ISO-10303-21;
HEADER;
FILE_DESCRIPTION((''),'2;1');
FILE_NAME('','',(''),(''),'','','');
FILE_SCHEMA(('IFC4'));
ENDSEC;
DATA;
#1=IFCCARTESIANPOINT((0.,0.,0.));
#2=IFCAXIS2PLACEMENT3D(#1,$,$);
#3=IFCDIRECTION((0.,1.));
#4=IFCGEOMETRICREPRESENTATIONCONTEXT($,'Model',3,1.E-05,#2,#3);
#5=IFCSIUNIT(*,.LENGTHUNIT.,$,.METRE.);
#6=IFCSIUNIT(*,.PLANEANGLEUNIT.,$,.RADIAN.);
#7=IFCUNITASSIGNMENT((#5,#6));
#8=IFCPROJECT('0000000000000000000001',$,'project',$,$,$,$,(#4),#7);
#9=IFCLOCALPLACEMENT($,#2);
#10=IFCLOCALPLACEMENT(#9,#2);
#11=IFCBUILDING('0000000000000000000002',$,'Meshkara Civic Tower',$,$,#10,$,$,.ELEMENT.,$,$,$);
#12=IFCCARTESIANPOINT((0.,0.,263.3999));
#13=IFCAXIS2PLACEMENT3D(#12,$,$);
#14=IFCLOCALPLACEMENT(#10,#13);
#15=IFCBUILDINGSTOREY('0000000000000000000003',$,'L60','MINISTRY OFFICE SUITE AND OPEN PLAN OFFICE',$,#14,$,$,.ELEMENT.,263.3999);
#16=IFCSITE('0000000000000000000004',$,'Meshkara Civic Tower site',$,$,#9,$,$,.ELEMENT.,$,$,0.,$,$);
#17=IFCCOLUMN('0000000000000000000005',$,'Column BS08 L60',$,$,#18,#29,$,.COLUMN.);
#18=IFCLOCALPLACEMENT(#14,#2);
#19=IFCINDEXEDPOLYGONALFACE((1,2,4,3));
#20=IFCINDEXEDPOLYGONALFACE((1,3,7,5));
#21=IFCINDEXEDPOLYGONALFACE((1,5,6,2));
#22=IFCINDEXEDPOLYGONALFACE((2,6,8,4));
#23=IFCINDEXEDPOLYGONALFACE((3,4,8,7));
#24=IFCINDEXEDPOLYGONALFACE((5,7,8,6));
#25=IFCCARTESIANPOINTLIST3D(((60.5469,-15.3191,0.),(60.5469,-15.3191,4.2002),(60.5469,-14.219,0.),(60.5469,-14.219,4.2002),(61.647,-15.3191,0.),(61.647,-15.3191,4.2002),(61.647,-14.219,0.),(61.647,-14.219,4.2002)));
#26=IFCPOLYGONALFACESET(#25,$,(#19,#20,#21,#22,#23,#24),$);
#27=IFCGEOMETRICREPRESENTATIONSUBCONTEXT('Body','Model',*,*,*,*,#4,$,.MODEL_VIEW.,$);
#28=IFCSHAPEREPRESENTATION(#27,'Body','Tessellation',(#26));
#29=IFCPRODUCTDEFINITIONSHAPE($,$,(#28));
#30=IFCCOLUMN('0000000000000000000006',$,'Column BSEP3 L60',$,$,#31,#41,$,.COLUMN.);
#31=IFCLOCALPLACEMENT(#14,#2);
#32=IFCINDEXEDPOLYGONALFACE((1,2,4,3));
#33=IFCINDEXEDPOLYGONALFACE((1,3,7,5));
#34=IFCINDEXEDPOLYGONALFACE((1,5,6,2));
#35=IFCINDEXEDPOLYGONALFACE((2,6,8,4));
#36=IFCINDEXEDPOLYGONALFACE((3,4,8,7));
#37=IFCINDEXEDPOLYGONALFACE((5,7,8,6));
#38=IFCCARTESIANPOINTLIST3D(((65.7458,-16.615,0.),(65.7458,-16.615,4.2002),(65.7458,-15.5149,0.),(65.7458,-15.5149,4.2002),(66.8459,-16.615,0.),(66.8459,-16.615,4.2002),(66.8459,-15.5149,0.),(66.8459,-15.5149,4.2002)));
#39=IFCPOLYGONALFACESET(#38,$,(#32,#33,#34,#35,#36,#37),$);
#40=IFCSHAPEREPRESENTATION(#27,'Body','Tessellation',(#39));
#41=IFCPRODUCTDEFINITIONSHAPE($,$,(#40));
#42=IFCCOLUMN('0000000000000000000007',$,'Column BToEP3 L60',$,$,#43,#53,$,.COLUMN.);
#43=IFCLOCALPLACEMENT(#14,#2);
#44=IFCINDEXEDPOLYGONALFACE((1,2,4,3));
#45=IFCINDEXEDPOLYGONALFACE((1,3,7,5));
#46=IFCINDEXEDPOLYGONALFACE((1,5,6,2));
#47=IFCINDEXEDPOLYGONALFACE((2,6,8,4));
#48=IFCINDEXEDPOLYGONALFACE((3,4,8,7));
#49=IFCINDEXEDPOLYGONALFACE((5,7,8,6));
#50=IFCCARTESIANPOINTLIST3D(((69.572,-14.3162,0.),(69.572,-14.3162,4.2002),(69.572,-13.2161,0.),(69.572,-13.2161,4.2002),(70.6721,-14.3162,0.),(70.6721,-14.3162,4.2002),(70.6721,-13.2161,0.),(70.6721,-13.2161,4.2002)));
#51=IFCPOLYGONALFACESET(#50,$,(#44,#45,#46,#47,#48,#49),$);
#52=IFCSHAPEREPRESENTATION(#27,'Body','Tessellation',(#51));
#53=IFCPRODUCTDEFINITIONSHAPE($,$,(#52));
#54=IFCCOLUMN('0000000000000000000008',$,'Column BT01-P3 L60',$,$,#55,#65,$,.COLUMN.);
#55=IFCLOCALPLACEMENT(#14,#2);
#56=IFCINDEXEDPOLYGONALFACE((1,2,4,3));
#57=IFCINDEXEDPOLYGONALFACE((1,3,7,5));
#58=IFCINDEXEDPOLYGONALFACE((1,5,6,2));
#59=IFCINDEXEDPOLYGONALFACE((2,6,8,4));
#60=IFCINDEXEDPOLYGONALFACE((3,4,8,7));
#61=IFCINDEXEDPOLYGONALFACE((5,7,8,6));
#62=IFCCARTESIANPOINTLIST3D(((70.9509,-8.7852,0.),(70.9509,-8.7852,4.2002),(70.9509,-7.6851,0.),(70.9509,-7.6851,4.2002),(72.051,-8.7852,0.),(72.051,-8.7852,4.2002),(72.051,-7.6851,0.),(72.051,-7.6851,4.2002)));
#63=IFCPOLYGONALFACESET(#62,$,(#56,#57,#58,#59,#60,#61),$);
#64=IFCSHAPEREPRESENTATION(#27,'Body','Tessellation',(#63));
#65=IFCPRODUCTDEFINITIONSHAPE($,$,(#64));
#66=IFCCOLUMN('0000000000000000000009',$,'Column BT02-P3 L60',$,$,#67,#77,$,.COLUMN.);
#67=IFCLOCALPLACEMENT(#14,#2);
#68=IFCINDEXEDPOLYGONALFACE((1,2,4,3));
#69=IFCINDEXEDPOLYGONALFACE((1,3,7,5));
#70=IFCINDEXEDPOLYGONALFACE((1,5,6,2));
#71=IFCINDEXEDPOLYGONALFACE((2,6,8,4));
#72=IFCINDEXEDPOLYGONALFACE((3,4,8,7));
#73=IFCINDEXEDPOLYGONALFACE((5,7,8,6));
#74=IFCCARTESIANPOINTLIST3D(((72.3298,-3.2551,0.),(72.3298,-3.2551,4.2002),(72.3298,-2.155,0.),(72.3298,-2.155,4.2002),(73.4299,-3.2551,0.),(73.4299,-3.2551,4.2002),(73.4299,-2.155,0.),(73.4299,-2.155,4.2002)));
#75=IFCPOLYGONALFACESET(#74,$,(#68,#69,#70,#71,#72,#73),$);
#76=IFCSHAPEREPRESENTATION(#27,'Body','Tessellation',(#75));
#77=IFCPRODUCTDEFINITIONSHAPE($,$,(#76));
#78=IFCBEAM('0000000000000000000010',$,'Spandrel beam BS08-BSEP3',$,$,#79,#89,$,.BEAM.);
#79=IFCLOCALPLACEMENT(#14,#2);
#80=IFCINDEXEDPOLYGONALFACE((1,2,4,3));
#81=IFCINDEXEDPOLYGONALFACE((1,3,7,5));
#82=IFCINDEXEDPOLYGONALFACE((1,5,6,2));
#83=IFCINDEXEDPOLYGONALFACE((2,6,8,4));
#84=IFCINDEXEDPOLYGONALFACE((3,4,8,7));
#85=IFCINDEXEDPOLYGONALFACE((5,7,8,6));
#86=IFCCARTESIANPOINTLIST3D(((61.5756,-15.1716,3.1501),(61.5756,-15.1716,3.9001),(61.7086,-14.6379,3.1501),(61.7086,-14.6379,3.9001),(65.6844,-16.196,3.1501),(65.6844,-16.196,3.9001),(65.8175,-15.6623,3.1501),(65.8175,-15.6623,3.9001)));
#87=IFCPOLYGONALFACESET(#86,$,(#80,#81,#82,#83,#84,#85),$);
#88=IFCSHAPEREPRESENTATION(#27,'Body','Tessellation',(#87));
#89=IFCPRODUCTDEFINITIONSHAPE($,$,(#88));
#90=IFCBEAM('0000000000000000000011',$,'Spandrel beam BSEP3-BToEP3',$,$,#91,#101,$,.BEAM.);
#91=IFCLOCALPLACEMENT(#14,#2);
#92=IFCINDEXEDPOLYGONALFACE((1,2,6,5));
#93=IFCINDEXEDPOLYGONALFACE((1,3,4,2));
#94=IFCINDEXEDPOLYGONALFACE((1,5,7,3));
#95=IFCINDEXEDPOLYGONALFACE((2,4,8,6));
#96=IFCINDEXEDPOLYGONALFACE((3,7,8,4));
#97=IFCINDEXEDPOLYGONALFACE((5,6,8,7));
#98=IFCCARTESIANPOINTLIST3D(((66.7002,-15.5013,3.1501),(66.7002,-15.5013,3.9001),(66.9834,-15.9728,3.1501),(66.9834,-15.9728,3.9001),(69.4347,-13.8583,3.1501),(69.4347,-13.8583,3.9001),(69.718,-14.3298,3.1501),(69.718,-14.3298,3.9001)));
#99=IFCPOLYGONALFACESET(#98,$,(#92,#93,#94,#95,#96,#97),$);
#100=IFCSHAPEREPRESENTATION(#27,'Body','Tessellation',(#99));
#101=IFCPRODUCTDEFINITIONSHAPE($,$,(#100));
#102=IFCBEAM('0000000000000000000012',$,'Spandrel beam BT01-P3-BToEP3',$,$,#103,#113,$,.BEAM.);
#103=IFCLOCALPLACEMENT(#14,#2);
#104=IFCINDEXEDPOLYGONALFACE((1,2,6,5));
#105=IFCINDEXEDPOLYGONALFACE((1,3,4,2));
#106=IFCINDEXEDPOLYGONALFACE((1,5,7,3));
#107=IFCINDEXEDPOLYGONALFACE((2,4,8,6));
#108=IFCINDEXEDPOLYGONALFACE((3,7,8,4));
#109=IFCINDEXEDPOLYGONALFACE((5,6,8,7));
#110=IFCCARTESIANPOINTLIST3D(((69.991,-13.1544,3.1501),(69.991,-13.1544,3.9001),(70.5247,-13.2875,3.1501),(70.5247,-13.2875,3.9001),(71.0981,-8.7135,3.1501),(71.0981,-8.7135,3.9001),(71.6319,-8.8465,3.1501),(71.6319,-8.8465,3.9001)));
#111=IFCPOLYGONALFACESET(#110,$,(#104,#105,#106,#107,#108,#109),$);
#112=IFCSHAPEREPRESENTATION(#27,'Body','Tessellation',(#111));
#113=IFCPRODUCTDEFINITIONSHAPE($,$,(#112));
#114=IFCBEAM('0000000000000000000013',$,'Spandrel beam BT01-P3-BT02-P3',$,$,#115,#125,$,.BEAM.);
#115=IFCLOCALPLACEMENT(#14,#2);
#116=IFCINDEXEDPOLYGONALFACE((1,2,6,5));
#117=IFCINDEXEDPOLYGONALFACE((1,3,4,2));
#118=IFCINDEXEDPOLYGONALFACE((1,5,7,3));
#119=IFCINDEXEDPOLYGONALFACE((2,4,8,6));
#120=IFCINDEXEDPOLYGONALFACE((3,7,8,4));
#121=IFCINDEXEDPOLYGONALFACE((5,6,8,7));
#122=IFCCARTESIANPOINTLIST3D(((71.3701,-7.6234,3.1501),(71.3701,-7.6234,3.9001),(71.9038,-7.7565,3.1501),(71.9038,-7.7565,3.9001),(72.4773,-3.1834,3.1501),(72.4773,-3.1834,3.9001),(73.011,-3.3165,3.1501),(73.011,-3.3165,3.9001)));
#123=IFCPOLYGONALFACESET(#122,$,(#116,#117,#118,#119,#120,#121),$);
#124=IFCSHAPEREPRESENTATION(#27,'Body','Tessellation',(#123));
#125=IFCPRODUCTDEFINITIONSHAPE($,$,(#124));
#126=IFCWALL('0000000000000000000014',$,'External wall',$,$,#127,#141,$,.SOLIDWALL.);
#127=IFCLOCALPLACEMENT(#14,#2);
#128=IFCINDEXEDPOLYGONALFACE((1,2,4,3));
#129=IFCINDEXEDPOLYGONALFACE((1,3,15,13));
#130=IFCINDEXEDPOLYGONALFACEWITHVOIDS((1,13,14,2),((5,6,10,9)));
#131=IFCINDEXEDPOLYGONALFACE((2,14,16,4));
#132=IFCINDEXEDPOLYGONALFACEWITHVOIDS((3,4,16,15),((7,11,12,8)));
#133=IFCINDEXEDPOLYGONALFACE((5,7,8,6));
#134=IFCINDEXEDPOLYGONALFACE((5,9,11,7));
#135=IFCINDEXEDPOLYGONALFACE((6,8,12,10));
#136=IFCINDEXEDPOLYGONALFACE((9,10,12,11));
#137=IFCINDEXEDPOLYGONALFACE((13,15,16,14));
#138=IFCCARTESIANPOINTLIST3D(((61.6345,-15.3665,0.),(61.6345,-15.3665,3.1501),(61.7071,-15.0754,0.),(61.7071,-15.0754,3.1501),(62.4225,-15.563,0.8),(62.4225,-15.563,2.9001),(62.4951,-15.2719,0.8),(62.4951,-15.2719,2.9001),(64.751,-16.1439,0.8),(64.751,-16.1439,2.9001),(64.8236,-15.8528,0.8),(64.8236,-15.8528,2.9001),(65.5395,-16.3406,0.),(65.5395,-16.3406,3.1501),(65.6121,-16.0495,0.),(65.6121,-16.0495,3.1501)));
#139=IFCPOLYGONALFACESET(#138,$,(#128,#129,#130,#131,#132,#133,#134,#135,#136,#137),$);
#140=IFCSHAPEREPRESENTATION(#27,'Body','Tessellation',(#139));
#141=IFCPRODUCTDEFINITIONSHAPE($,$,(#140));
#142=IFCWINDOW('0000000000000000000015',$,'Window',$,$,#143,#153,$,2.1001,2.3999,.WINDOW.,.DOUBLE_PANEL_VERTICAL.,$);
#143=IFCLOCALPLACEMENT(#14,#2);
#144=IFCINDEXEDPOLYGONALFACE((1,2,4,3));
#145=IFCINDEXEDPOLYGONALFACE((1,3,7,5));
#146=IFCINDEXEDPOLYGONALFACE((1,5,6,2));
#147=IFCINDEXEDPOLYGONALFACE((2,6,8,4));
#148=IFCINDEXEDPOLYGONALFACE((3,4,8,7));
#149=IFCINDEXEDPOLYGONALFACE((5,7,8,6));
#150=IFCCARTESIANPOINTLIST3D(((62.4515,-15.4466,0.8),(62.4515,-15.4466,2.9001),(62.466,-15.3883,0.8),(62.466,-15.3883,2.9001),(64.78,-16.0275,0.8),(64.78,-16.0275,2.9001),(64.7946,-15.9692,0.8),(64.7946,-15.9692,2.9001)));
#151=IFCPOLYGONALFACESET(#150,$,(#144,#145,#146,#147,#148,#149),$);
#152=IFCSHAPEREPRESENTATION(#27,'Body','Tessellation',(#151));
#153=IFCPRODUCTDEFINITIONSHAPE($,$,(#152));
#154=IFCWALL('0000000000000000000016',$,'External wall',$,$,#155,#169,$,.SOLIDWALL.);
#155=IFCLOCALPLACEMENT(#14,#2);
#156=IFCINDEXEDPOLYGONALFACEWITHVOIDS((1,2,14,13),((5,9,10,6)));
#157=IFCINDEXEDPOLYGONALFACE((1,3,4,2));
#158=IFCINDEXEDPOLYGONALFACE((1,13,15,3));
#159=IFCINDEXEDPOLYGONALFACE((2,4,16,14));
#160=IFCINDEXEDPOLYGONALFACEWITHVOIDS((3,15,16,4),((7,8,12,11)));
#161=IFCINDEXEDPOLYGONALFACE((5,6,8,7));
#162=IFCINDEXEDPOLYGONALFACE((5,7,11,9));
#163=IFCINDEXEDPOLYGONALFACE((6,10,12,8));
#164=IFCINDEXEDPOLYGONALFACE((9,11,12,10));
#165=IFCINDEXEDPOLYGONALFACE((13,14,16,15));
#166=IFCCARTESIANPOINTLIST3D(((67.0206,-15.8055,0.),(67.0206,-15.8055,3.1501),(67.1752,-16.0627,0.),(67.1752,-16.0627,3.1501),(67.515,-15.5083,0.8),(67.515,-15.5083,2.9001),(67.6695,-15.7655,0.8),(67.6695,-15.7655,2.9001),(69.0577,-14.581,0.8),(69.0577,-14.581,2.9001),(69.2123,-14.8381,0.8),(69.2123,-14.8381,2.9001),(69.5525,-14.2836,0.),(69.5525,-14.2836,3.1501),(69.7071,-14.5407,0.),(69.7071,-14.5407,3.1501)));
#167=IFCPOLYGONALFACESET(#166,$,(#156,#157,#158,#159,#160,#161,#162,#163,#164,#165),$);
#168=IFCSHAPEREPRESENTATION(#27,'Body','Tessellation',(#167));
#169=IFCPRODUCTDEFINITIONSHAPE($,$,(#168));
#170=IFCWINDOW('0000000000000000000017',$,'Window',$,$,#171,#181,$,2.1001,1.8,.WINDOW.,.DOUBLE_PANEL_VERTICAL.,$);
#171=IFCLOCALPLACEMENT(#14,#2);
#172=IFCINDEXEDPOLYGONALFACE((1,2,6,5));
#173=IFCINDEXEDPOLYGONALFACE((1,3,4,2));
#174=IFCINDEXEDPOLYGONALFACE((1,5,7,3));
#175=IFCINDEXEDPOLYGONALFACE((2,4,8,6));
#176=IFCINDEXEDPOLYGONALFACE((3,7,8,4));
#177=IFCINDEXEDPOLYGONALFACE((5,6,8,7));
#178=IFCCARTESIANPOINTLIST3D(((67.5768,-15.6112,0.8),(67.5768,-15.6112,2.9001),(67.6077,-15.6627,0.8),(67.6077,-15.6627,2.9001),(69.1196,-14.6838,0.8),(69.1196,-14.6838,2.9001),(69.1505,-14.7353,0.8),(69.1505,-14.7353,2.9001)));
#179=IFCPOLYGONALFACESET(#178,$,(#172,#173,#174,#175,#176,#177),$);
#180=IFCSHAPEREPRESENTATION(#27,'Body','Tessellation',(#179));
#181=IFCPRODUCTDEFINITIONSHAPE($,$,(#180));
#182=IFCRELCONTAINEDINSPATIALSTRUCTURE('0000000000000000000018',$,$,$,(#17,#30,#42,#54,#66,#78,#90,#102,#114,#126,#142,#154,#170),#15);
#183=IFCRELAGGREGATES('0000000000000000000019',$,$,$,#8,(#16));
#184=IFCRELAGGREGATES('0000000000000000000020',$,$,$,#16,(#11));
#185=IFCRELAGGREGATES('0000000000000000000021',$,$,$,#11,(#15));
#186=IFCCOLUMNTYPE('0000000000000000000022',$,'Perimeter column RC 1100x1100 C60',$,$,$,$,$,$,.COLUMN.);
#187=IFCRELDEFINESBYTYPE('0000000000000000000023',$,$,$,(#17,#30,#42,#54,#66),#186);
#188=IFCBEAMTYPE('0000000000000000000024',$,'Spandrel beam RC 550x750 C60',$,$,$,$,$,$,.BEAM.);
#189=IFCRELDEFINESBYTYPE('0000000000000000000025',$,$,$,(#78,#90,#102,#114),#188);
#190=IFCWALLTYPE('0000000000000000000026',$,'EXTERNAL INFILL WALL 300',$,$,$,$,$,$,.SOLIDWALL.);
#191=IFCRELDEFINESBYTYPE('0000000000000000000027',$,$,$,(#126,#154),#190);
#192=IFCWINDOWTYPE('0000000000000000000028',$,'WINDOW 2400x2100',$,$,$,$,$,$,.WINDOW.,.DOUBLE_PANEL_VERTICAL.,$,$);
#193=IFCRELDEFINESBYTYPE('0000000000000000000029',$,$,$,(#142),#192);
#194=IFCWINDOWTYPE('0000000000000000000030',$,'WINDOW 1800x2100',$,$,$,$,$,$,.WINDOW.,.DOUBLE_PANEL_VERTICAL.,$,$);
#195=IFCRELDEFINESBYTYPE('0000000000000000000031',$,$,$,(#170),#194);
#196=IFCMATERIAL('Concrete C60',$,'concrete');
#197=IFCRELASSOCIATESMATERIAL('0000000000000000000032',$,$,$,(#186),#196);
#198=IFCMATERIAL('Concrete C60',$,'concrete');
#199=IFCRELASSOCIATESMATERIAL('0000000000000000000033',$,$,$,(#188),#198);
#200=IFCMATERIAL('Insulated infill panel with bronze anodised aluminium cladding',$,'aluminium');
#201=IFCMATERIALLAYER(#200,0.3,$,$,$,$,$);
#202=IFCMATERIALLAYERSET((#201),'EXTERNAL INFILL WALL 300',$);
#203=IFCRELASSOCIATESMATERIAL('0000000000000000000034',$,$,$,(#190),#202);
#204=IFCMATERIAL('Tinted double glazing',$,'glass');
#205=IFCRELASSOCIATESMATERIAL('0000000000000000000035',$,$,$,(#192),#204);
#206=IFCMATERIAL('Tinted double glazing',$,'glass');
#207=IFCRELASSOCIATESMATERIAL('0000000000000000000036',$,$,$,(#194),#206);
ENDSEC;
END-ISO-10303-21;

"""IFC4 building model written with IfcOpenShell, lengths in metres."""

from ifc_helpers import new_model, si_unit, direction, frame, frame_2d, origin, origin_2d, place, context, subcontext, project, spatial, rectangle, extrude, material, layer, layer_set, material_profile, profile_set, type_object, element, fill, save


model = new_model("IFC4")

# Units and contexts
model_context = context("Model", 3, precision=1e-05, world=origin(), true_north=direction((0.0, 1.0)))
body_context = subcontext(model_context, "Body", "Model", "MODEL_VIEW")
ifc_project = project(units=[si_unit("LENGTHUNIT", "METRE"), si_unit("PLANEANGLEUNIT", "RADIAN")], contexts=[model_context])

# Site, building, storey
site_placement = place(None, origin())
site = spatial("IfcSite", under=ifc_project, at=site_placement, Name="Meshkara Civic Tower site", CompositionType="ELEMENT", RefElevation=0.0)
building_placement = place(site_placement, origin())
building = spatial("IfcBuilding", under=site, at=building_placement, Name="Meshkara Civic Tower", CompositionType="ELEMENT")
storey_placement = place(building_placement, frame((0.0, 0.0, 263.3999)))
storey = spatial("IfcBuildingStorey", under=building, at=storey_placement, Name="L60", Description="MINISTRY OFFICE SUITE AND OPEN PLAN OFFICE", CompositionType="ELEMENT", Elevation=263.3999)

# Columns
ifc_material_1 = material(Name="Concrete C60", Category="concrete")
ifc_material_profile_1 = material_profile(ifc_material_1, rectangle(XDim=1.1001, YDim=1.1001, at=origin_2d()))
ifc_profile_set_1 = profile_set([ifc_material_profile_1], Name="Concrete C60")
column_type = type_object("IfcColumnType", Name="Perimeter column RC 1100x1100 C60", PredefinedType="COLUMN", material=ifc_profile_set_1)
for number, where, z_axis, x_axis, name in (
    (1, (61.0969, -14.769, 0.0), (0.0, 0.0, 1.0), (1.0, 0.0, 0.0), "Column BS08 L60"),
    (2, (66.2959, -16.0649, 0.0), (0.0, 0.0, 1.0), (1.0, 0.0, 0.0), "Column BSEP3 L60"),
    (3, (70.1221, -13.7661, 0.0), (0.0, 0.0, 1.0), (1.0, 0.0, 0.0), "Column BToEP3 L60"),
    (4, (71.501, -8.2351, 0.0), (0.0, 0.0, 1.0), (1.0, 0.0, 0.0), "Column BT01-P3 L60"),
    (5, (72.8799, -2.7051, 0.0), (0.0, 0.0, 1.0), (1.0, 0.0, 0.0), "Column BT02-P3 L60"),
):
    element("IfcColumn", number, at=place(storey_placement, frame(where, z_axis=z_axis, x_axis=x_axis)), inside=storey, type_object=column_type, Name=name, PredefinedType="COLUMN", context=body_context, shape_type="SweptSolid", body=[
        extrude(rectangle(XDim=1.1001, YDim=1.1001, at=origin_2d()), origin(), (0.0, 0.0, 1.0), 4.2002),
    ])

# Beams
ifc_material_2 = material(Name="Concrete C60", Category="concrete")
ifc_material_profile_2 = material_profile(ifc_material_2, rectangle(XDim=0.55, YDim=0.75, at=origin_2d()))
ifc_profile_set_2 = profile_set([ifc_material_profile_2], Name="Concrete C60")
beam_type = type_object("IfcBeamType", Name="Spandrel beam RC 550x750 C60", PredefinedType="BEAM", material=ifc_profile_set_2)
beam_1_placement = place(storey_placement, frame((61.6421, -14.9048, 3.5251), z_axis=(0.970298, -0.241912, 0.0), x_axis=(0.241912, 0.970298, 0.0)))
element("IfcBeam", 6, at=beam_1_placement, inside=storey, type_object=beam_type, Name="Spandrel beam BS08-BSEP3", PredefinedType="BEAM", context=body_context, shape_type="SweptSolid", body=[
    extrude(rectangle(XDim=0.55, YDim=0.75, at=origin_2d()), origin(), (0.0, 0.0, 1.0), 4.2346),
])
beam_2_placement = place(storey_placement, frame((66.8418, -15.7371, 3.5251), z_axis=(0.857175, 0.515025, 0.0), x_axis=(-0.515025, 0.857175, 0.0)))
element("IfcBeam", 7, at=beam_2_placement, inside=storey, type_object=beam_type, Name="Spandrel beam BSEP3-BToEP3", PredefinedType="BEAM", context=body_context, shape_type="SweptSolid", body=[
    extrude(rectangle(XDim=0.55, YDim=0.75, at=origin_2d()), origin(), (0.0, 0.0, 1.0), 3.1902),
])
beam_3_placement = place(storey_placement, frame((70.2578, -13.2209, 3.5251), z_axis=(0.241908, 0.970299, 0.0), x_axis=(-0.970299, 0.241908, 0.0)))
element("IfcBeam", 8, at=beam_3_placement, inside=storey, type_object=beam_type, Name="Spandrel beam BT01-P3-BToEP3", PredefinedType="BEAM", context=body_context, shape_type="SweptSolid", body=[
    extrude(rectangle(XDim=0.55, YDim=0.75, at=origin_2d()), origin(), (0.0, 0.0, 1.0), 4.5769),
])
beam_4_placement = place(storey_placement, frame((71.637, -7.6899, 3.5251), z_axis=(0.241958, 0.970287, 0.0), x_axis=(-0.970287, 0.241958, 0.0)))
element("IfcBeam", 9, at=beam_4_placement, inside=storey, type_object=beam_type, Name="Spandrel beam BT01-P3-BT02-P3", PredefinedType="BEAM", context=body_context, shape_type="SweptSolid", body=[
    extrude(rectangle(XDim=0.55, YDim=0.75, at=origin_2d()), origin(), (0.0, 0.0, 1.0), 4.5759),
])

# Walls, openings, windows
ifc_material_3 = material(Name="Insulated infill panel with bronze anodised aluminium cladding", Category="aluminium")
ifc_layer_1 = layer(ifc_material_3, 0.3)
ifc_layer_set_1 = layer_set([ifc_layer_1], Name="EXTERNAL INFILL WALL 300")
wall_type_1 = type_object("IfcWallType", Name="EXTERNAL INFILL WALL 300", PredefinedType="SOLIDWALL", material=ifc_layer_set_1)
wall_1_placement = place(storey_placement, frame((61.6709, -15.2209, 0.0), z_axis=(0.0, 0.0, 1.0), x_axis=(0.970267, -0.242036, 0.0)))
wall_1 = element("IfcWall", 10, at=wall_1_placement, inside=storey, type_object=wall_type_1, Name="External wall", PredefinedType="SOLIDWALL", context=body_context, shape_type="SweptSolid", body=[
    extrude(rectangle(XDim=4.0247, YDim=0.3, at=frame_2d((2.0122, 0.0))), origin(), (0.0, 0.0, 1.0), 3.1501),
])
opening_1_placement = place(wall_1_placement, frame((0.812, 0.0, 0.8)))
opening_1 = element("IfcOpeningElement", 11, at=opening_1_placement, cuts=wall_1, PredefinedType="OPENING", context=body_context, shape_type="SweptSolid", body=[
    extrude(rectangle(XDim=2.3999, YDim=2.1001, at=frame_2d((1.2, 1.05))), frame((0.0, 0.1599, 0.0), z_axis=(0.0, -1.0, 0.0), x_axis=(1.0, 0.0, 0.0)), (0.0, 0.0, 1.0), 0.3201),
])
ifc_material_4 = material(Name="Tinted double glazing", Category="glass")
window_type_1 = type_object("IfcWindowType", Name="WINDOW 2400x2100", PartitioningType="DOUBLE_PANEL_VERTICAL", PredefinedType="WINDOW", material=ifc_material_4)
window_1_placement = place(opening_1_placement, origin())
window_1 = element("IfcWindow", 12, at=window_1_placement, inside=storey, type_object=window_type_1, Name="Window", OverallHeight=2.1001, OverallWidth=2.3999, PartitioningType="DOUBLE_PANEL_VERTICAL", PredefinedType="WINDOW", context=body_context, shape_type="SweptSolid", body=[
    extrude(rectangle(XDim=2.3999, YDim=2.1001, at=frame_2d((1.2, 1.05))), frame((0.0, 0.03, 0.0), z_axis=(0.0, -1.0, 0.0), x_axis=(1.0, 0.0, 0.0)), (0.0, 0.0, 1.0), 0.0601),
])
fill(opening_1, window_1)
wall_2_placement = place(storey_placement, frame((67.0979, -15.9341, 0.0), z_axis=(0.0, 0.0, 1.0), x_axis=(0.857077, 0.515188, 0.0)))
wall_2 = element("IfcWall", 13, at=wall_2_placement, inside=storey, type_object=wall_type_1, Name="External wall", PredefinedType="SOLIDWALL", context=body_context, shape_type="SweptSolid", body=[
    extrude(rectangle(XDim=2.9541, YDim=0.3, at=frame_2d((1.4771, 0.0))), origin(), (0.0, 0.0, 1.0), 3.1501),
])
opening_2_placement = place(wall_2_placement, frame((0.5769, 0.0, 0.8)))
opening_2 = element("IfcOpeningElement", 14, at=opening_2_placement, cuts=wall_2, PredefinedType="OPENING", context=body_context, shape_type="SweptSolid", body=[
    extrude(rectangle(XDim=1.8, YDim=2.1001, at=frame_2d((0.8999, 1.05))), frame((0.0, 0.1599, 0.0), z_axis=(0.0, -1.0, 0.0), x_axis=(1.0, 0.0, 0.0)), (0.0, 0.0, 1.0), 0.3201),
])
ifc_material_5 = material(Name="Tinted double glazing", Category="glass")
window_type_2 = type_object("IfcWindowType", Name="WINDOW 1800x2100", PartitioningType="DOUBLE_PANEL_VERTICAL", PredefinedType="WINDOW", material=ifc_material_5)
window_2_placement = place(opening_2_placement, origin())
window_2 = element("IfcWindow", 15, at=window_2_placement, inside=storey, type_object=window_type_2, Name="Window", OverallHeight=2.1001, OverallWidth=1.8, PartitioningType="DOUBLE_PANEL_VERTICAL", PredefinedType="WINDOW", context=body_context, shape_type="SweptSolid", body=[
    extrude(rectangle(XDim=1.8, YDim=2.1001, at=frame_2d((0.8999, 1.05))), frame((0.0, 0.03, 0.0), z_axis=(0.0, -1.0, 0.0), x_axis=(1.0, 0.0, 0.0)), (0.0, 0.0, 1.0), 0.0601),
])
fill(opening_2, window_2)

save(model, "model.ifc")
